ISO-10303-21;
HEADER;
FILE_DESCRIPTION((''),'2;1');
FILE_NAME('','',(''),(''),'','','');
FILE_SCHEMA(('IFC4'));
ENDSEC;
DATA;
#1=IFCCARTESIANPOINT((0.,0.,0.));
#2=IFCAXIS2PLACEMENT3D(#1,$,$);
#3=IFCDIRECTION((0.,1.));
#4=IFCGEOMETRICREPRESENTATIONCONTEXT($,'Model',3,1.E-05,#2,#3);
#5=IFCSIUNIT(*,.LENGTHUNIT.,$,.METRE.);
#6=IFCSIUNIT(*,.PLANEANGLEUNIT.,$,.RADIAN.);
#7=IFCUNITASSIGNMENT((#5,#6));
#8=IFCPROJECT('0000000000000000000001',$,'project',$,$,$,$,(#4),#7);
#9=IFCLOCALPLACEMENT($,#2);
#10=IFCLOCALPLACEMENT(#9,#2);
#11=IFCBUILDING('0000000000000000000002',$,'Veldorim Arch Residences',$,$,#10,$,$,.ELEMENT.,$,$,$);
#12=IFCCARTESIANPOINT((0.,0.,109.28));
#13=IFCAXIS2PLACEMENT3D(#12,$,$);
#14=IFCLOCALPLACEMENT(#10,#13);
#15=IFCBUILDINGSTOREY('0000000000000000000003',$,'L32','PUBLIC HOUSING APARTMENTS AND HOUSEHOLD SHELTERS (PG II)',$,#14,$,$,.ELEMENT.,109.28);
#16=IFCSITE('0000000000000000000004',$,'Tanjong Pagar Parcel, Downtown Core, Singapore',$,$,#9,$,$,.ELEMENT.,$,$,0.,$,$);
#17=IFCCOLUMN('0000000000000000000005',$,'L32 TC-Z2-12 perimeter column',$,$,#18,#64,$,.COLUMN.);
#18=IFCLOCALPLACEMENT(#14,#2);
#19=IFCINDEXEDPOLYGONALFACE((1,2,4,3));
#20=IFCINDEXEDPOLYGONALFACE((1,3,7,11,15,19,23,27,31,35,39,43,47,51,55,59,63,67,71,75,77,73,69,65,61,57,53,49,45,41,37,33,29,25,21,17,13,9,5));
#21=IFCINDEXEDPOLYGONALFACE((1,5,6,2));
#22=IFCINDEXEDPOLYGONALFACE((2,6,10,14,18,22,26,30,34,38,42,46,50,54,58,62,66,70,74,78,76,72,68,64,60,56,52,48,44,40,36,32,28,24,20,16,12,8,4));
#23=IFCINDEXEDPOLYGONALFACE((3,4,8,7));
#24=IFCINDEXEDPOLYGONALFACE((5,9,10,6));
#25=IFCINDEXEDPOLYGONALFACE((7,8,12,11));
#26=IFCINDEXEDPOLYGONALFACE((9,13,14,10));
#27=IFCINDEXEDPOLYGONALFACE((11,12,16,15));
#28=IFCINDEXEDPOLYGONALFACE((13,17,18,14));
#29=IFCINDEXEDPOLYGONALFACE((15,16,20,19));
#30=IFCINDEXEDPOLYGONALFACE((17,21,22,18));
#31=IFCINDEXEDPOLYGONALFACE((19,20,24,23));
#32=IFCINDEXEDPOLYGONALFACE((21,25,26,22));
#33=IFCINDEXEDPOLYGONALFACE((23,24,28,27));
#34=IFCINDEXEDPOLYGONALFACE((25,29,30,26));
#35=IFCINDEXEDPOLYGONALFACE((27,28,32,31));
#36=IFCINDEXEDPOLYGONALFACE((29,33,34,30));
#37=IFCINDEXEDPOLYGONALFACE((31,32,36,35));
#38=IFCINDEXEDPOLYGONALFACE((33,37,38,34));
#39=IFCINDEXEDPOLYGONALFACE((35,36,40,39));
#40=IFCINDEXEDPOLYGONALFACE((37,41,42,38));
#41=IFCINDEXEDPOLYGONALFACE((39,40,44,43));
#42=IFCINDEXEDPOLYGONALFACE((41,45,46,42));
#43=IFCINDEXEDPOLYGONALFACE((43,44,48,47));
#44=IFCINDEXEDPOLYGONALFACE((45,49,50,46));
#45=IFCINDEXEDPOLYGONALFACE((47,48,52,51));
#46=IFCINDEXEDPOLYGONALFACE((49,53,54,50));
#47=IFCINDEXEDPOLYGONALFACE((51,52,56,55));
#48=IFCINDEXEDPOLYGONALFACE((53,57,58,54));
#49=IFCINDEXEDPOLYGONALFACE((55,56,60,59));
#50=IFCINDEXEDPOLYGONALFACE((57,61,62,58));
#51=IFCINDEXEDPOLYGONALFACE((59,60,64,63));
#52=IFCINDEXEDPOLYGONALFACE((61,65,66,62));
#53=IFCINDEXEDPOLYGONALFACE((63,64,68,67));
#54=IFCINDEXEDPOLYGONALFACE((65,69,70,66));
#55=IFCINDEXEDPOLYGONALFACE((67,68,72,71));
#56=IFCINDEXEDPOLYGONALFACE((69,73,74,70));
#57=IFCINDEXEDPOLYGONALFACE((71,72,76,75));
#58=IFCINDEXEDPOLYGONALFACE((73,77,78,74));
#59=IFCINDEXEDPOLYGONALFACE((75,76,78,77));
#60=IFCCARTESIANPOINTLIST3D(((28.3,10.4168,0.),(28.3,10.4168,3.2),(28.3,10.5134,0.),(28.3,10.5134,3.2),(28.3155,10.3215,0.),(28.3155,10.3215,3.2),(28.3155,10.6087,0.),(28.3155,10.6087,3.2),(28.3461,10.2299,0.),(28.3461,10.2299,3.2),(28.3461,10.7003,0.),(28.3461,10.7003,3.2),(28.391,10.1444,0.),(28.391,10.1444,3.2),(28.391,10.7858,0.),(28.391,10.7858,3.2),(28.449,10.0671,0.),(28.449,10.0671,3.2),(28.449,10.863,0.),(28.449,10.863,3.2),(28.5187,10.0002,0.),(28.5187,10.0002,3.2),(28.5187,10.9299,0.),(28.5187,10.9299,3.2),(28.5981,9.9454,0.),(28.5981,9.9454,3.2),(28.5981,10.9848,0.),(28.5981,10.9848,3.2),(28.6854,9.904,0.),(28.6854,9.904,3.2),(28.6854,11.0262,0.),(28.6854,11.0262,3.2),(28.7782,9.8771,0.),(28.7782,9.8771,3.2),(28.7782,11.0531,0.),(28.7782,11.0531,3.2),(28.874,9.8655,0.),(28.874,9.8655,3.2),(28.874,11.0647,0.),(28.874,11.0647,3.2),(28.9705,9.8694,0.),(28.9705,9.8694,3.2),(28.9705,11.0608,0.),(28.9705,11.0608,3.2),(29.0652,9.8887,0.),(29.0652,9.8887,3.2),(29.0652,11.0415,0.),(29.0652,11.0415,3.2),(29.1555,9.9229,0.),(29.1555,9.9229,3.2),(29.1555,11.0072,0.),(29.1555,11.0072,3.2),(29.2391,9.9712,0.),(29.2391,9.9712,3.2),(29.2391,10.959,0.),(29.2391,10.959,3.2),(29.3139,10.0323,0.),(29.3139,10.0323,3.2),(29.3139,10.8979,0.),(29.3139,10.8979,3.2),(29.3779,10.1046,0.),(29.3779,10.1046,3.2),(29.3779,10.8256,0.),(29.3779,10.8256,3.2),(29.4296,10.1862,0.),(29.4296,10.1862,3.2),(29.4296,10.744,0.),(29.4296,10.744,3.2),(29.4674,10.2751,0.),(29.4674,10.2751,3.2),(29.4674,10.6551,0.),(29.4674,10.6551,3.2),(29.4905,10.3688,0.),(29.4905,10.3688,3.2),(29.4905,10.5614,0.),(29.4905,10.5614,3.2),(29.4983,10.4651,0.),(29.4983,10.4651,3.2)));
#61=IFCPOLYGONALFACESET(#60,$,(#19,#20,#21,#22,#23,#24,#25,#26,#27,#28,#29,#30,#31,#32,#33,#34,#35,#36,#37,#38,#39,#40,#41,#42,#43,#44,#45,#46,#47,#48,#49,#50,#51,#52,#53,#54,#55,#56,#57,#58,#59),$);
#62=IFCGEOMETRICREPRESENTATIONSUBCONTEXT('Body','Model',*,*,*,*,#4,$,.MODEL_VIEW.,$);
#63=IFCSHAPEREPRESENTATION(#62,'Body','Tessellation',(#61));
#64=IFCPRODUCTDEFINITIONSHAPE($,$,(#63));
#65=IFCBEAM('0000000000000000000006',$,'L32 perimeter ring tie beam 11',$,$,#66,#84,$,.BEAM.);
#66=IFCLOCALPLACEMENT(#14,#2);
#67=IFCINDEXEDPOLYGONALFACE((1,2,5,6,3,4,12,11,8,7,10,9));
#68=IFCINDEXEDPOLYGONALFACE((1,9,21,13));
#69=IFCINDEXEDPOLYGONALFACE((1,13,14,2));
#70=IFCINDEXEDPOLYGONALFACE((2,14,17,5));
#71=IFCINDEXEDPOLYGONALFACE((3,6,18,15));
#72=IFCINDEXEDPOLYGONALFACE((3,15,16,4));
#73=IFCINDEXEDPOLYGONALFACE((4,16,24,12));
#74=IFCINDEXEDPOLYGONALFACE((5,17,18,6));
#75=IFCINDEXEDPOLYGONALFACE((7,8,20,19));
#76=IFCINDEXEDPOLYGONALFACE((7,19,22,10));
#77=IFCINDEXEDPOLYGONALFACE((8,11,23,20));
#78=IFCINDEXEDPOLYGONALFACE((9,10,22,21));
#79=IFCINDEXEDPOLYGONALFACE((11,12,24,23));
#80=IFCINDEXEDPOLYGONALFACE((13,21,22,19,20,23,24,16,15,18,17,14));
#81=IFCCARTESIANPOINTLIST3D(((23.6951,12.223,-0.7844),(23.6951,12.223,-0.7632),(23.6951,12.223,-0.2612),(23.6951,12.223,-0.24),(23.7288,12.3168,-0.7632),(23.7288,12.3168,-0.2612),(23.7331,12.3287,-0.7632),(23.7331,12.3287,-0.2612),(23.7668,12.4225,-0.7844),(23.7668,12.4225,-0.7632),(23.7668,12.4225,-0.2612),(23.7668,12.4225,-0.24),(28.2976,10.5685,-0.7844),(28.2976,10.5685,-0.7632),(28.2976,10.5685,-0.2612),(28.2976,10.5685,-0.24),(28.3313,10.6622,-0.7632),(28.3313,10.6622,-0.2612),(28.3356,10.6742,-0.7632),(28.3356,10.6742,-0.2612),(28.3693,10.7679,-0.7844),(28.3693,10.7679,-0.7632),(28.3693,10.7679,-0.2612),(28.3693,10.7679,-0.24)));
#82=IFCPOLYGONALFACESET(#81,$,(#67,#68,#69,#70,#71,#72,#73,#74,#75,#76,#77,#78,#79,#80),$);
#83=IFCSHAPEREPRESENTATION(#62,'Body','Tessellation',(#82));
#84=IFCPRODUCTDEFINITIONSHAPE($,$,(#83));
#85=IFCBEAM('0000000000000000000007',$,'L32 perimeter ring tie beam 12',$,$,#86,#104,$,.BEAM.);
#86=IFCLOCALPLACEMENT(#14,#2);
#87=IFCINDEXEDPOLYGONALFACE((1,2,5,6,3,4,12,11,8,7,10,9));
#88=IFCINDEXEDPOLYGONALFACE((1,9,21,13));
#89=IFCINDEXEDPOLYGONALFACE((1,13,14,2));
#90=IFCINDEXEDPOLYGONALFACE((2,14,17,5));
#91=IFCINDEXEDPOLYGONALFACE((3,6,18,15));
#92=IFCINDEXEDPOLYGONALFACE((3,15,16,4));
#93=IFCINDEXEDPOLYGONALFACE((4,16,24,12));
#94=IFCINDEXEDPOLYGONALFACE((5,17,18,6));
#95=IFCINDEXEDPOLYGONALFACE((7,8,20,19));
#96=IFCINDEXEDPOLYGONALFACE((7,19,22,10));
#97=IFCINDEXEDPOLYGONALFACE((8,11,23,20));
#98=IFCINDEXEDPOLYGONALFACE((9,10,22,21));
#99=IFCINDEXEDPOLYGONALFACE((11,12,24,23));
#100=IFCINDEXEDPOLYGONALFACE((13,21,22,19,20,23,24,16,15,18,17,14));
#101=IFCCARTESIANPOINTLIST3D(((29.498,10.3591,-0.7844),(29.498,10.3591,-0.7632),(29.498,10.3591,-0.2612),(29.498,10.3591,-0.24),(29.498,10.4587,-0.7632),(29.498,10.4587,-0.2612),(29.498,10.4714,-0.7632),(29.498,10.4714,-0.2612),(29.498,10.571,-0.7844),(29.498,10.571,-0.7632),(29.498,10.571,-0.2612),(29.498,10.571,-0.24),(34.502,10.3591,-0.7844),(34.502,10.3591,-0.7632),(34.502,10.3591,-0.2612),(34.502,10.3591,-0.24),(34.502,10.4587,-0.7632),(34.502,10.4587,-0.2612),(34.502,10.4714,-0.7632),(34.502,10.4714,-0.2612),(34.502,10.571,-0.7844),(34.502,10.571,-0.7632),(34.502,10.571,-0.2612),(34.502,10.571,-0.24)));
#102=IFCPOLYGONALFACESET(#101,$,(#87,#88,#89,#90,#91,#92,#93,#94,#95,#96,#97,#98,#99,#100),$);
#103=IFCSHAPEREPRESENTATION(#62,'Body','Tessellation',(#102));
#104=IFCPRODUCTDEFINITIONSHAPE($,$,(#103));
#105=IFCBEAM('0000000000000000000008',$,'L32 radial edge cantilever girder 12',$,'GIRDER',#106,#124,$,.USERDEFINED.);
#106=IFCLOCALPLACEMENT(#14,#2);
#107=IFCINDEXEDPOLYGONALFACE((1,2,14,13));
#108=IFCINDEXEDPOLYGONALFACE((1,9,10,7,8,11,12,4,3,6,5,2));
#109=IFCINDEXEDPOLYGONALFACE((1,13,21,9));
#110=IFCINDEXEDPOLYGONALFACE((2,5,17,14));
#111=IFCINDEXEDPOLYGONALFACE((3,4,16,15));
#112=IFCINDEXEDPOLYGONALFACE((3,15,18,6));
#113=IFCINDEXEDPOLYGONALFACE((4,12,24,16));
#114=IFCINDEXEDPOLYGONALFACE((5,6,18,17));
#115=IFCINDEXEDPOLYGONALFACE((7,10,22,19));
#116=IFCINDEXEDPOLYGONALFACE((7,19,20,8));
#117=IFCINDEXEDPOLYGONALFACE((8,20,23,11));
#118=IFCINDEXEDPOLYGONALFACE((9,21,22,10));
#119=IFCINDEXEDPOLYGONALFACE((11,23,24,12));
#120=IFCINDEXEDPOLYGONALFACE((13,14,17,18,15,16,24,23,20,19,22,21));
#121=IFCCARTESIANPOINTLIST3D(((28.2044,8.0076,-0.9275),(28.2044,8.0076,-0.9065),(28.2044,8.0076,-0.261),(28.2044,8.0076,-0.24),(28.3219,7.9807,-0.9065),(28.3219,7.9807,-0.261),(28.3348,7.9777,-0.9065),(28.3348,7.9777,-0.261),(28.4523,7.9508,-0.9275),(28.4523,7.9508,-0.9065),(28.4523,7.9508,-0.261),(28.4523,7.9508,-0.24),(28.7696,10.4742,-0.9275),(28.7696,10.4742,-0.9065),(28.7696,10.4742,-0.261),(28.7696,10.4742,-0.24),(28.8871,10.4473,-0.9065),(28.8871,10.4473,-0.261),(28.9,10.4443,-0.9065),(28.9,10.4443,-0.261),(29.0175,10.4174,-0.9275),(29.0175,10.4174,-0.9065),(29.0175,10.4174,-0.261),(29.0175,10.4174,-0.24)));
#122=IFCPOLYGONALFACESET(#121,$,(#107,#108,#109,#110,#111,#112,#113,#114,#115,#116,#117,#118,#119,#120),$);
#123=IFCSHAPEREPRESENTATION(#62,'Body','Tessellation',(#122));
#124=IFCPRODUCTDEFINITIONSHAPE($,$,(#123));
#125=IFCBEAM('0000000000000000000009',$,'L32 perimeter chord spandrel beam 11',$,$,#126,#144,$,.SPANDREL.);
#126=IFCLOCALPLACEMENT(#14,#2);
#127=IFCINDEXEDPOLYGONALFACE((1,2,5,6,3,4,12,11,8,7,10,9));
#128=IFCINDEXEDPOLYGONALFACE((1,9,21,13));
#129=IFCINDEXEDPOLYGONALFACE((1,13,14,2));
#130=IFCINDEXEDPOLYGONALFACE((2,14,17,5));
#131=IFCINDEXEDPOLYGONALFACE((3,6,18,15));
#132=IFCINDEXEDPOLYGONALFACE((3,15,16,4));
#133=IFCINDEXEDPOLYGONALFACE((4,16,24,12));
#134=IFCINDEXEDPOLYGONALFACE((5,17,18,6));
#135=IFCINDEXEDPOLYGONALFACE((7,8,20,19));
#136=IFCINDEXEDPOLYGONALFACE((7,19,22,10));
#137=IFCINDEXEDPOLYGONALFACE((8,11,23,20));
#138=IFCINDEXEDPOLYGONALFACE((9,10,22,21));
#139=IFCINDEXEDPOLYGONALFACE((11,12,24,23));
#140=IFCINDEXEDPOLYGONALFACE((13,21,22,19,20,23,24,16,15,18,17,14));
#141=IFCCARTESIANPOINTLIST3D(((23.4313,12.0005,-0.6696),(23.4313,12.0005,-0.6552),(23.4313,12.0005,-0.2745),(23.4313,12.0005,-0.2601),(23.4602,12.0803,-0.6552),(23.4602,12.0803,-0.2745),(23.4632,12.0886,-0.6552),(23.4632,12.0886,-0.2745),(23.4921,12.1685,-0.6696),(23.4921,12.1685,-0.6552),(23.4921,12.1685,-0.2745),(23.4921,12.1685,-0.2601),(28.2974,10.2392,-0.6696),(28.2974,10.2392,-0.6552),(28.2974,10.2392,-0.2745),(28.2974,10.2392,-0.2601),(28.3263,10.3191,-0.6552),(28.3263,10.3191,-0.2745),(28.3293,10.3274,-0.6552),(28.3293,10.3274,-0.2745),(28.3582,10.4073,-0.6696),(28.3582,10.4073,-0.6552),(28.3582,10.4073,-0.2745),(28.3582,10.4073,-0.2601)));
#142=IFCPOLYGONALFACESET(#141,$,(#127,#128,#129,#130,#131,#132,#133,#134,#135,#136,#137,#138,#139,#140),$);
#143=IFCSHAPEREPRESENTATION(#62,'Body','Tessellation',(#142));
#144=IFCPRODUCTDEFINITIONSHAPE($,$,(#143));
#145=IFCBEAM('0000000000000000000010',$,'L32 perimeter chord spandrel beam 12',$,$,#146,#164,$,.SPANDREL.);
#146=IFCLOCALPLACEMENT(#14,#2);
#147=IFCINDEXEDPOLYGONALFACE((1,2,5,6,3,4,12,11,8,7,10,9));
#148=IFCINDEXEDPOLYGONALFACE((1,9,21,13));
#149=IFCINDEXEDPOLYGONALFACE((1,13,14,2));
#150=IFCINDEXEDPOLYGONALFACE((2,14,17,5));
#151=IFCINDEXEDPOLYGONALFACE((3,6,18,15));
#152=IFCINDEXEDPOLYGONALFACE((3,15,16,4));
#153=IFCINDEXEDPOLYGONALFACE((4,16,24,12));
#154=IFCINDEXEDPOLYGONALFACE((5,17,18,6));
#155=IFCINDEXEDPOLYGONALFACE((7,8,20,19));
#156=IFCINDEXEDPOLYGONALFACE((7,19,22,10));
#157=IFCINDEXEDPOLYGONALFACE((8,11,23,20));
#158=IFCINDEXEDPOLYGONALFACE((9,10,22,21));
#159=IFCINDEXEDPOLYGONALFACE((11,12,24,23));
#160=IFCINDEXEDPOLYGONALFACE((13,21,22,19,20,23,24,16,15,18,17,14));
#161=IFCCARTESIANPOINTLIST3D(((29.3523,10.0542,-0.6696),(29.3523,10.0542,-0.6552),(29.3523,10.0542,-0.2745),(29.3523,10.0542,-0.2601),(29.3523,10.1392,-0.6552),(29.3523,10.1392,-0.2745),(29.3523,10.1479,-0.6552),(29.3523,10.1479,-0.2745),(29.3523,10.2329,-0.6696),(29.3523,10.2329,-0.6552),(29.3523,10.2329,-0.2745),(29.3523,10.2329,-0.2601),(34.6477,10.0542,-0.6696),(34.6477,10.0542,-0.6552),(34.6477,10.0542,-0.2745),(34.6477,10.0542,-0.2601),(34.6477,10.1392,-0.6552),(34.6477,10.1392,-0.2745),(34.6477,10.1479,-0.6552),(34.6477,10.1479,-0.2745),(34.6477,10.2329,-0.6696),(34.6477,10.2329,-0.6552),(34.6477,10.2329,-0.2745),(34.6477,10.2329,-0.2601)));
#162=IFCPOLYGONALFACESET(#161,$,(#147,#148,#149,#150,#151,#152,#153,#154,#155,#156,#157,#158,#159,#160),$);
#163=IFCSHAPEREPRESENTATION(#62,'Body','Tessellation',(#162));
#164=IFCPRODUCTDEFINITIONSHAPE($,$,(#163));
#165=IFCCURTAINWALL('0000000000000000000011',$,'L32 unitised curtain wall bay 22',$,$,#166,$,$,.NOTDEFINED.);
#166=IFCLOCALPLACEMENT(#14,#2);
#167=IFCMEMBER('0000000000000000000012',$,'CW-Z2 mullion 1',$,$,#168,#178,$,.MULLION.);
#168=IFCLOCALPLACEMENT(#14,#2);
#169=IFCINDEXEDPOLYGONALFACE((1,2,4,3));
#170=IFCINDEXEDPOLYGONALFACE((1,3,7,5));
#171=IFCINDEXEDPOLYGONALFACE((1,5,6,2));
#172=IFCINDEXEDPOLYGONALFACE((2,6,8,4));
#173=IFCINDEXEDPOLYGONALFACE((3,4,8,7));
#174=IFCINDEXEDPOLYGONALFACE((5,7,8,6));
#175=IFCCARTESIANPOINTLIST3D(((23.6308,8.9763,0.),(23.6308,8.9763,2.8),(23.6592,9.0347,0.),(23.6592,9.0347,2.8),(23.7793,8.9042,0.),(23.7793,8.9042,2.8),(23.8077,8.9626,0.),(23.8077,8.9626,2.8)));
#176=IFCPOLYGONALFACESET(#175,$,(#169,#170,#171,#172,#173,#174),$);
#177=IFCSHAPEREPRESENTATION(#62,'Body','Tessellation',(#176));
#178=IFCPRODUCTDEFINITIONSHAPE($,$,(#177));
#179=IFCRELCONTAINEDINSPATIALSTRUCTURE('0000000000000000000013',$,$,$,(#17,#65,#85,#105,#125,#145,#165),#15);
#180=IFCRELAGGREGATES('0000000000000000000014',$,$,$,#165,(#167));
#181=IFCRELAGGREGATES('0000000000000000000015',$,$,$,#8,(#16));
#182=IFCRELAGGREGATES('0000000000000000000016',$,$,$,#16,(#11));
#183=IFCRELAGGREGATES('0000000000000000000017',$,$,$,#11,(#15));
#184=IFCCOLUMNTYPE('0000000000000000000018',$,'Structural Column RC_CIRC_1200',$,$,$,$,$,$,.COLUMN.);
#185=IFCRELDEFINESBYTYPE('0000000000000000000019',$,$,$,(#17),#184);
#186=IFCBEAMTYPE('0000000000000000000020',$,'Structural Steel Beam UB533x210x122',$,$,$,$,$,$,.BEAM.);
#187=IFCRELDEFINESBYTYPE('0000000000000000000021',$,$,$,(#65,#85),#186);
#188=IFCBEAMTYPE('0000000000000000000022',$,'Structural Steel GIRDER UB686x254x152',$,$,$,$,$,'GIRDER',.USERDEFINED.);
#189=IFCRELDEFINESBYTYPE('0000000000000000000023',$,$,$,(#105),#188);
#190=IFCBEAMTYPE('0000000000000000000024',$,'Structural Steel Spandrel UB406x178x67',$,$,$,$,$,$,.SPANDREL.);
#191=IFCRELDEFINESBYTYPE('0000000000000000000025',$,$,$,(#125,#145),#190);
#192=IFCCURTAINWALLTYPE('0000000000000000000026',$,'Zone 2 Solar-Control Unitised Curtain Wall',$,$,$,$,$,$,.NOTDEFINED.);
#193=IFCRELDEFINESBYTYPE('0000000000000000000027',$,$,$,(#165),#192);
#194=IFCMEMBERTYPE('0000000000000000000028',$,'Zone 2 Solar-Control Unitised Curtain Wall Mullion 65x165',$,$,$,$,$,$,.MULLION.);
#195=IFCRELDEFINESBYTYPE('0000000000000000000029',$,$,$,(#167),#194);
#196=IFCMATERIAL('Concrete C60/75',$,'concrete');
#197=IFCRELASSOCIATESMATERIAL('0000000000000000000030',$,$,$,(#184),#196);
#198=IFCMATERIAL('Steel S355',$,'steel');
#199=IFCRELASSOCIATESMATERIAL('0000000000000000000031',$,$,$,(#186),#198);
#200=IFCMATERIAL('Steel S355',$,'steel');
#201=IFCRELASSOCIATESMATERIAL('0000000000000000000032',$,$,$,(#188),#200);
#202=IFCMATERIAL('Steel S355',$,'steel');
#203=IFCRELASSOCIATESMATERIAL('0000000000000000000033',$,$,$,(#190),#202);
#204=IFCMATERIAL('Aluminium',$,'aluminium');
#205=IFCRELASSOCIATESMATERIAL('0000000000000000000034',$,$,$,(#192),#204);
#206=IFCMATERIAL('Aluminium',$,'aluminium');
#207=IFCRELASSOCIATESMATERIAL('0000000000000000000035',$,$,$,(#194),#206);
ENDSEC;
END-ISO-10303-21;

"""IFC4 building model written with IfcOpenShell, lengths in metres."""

from ifc_helpers import new_model, si_unit, direction, frame, origin, origin_2d, place, context, subcontext, project, spatial, rectangle, circle, i_section, extrude, material, material_profile, profile_set, type_object, element, aggregate, save


model = new_model("IFC4")

# Units and contexts
model_context = context("Model", 3, precision=1e-05, world=origin(), true_north=direction((0.0, 1.0)))
body_context = subcontext(model_context, "Body", "Model", "MODEL_VIEW")
ifc_project = project(units=[si_unit("LENGTHUNIT", "METRE"), si_unit("PLANEANGLEUNIT", "RADIAN")], contexts=[model_context])

# Site, building, storey
site_placement = place(None, origin())
site = spatial("IfcSite", under=ifc_project, at=site_placement, Name="Tanjong Pagar Parcel, Downtown Core, Singapore", CompositionType="ELEMENT", RefElevation=0.0)
building_placement = place(site_placement, origin())
building = spatial("IfcBuilding", under=site, at=building_placement, Name="Veldorim Arch Residences", CompositionType="ELEMENT")
storey_placement = place(building_placement, frame((0.0, 0.0, 109.28)))
storey = spatial("IfcBuildingStorey", under=building, at=storey_placement, Name="L32", Description="PUBLIC HOUSING APARTMENTS AND HOUSEHOLD SHELTERS (PG II)", CompositionType="ELEMENT", Elevation=109.28)

# Column
ifc_material_1 = material(Name="Concrete C60/75", Category="concrete")
ifc_material_profile_1 = material_profile(ifc_material_1, circle(Radius=0.6001, at=origin_2d()), Name="RC_CIRC_1200")
ifc_profile_set_1 = profile_set([ifc_material_profile_1], Name="Concrete C60/75")
column_type = type_object("IfcColumnType", Name="Structural Column RC_CIRC_1200", PredefinedType="COLUMN", material=ifc_profile_set_1)
column_placement = place(storey_placement, frame((28.8982, 10.4651, 0.0), z_axis=(0.0, 0.0, 1.0), x_axis=(1.0, 0.0, 0.0)))
element("IfcColumn", 1, at=column_placement, inside=storey, type_object=column_type, Name="L32 TC-Z2-12 perimeter column", PredefinedType="COLUMN", context=body_context, shape_type="SweptSolid", body=[
    extrude(circle(Radius=0.6001, at=origin_2d()), origin(), (0.0, 0.0, 1.0), 3.2),
])

# Beams
ifc_material_2 = material(Name="Steel S355", Category="steel")
ifc_material_profile_2 = material_profile(ifc_material_2, i_section(OverallWidth=0.2119, OverallDepth=0.5444, WebThickness=0.0127, FlangeThickness=0.0212, at=origin_2d()), Name="UB533x210x122")
ifc_profile_set_2 = profile_set([ifc_material_profile_2], Name="Steel S355")
beam_type_1 = type_object("IfcBeamType", Name="Structural Steel Beam UB533x210x122", PredefinedType="BEAM", material=ifc_profile_set_2)
beam_1_placement = place(storey_placement, frame((23.731, 12.3228, -0.5122), z_axis=(0.941042, -0.33829, 0.0), x_axis=(0.33829, 0.941042, 0.0)))
element("IfcBeam", 2, at=beam_1_placement, inside=storey, type_object=beam_type_1, Name="L32 perimeter ring tie beam 11", PredefinedType="BEAM", context=body_context, shape_type="SweptSolid", body=[
    extrude(i_section(OverallWidth=0.2119, OverallDepth=0.5444, WebThickness=0.0127, FlangeThickness=0.0212, at=origin_2d()), origin(), (0.0, 0.0, 1.0), 4.8909),
])
beam_2_placement = place(storey_placement, frame((29.498, 10.4651, -0.5122), z_axis=(1.0, 0.0, 0.0), x_axis=(0.0, 1.0, 0.0)))
element("IfcBeam", 3, at=beam_2_placement, inside=storey, type_object=beam_type_1, Name="L32 perimeter ring tie beam 12", PredefinedType="BEAM", context=body_context, shape_type="SweptSolid", body=[
    extrude(i_section(OverallWidth=0.2119, OverallDepth=0.5444, WebThickness=0.0127, FlangeThickness=0.0212, at=origin_2d()), origin(), (0.0, 0.0, 1.0), 5.0039),
])
ifc_material_3 = material(Name="Steel S355", Category="steel")
ifc_material_profile_3 = material_profile(ifc_material_3, i_section(OverallWidth=0.2544, OverallDepth=0.6875, WebThickness=0.0132, FlangeThickness=0.021, at=origin_2d()), Name="UB686x254x152")
ifc_profile_set_3 = profile_set([ifc_material_profile_3], Name="Steel S355")
beam_type_2 = type_object("IfcBeamType", Name="Structural Steel GIRDER UB686x254x152", ElementType="GIRDER", PredefinedType="USERDEFINED", material=ifc_profile_set_3)
beam_3_placement = place(storey_placement, frame((28.8936, 10.4458, -0.5837), z_axis=(-0.223351, -0.974738, 0.0), x_axis=(0.974738, -0.223351, 0.0)))
element("IfcBeam", 4, at=beam_3_placement, inside=storey, type_object=beam_type_2, Name="L32 radial edge cantilever girder 12", ObjectType="GIRDER", PredefinedType="USERDEFINED", context=body_context, shape_type="SweptSolid", body=[
    extrude(i_section(OverallWidth=0.2544, OverallDepth=0.6875, WebThickness=0.0132, FlangeThickness=0.021, at=origin_2d()), origin(), (0.0, 0.0, 1.0), 2.5305),
])
ifc_material_4 = material(Name="Steel S355", Category="steel")
ifc_material_profile_4 = material_profile(ifc_material_4, i_section(OverallWidth=0.1787, OverallDepth=0.4094, WebThickness=0.0088, FlangeThickness=0.0144, at=origin_2d()), Name="UB406x178x67")
ifc_profile_set_4 = profile_set([ifc_material_profile_4], Name="Steel S355")
beam_type_3 = type_object("IfcBeamType", Name="Structural Steel Spandrel UB406x178x67", PredefinedType="SPANDREL", material=ifc_profile_set_4)
beam_4_placement = place(storey_placement, frame((23.4617, 12.0845, -0.4648), z_axis=(0.940308, -0.340326, 0.0), x_axis=(0.340326, 0.940308, 0.0)))
element("IfcBeam", 5, at=beam_4_placement, inside=storey, type_object=beam_type_3, Name="L32 perimeter chord spandrel beam 11", PredefinedType="SPANDREL", context=body_context, shape_type="SweptSolid", body=[
    extrude(i_section(OverallWidth=0.1787, OverallDepth=0.4094, WebThickness=0.0088, FlangeThickness=0.0144, at=origin_2d()), origin(), (0.0, 0.0, 1.0), 5.175),
])
beam_5_placement = place(storey_placement, frame((29.3523, 10.1436, -0.4648), z_axis=(1.0, 0.0, 0.0), x_axis=(0.0, 1.0, 0.0)))
element("IfcBeam", 6, at=beam_5_placement, inside=storey, type_object=beam_type_3, Name="L32 perimeter chord spandrel beam 12", PredefinedType="SPANDREL", context=body_context, shape_type="SweptSolid", body=[
    extrude(i_section(OverallWidth=0.1787, OverallDepth=0.4094, WebThickness=0.0088, FlangeThickness=0.0144, at=origin_2d()), origin(), (0.0, 0.0, 1.0), 5.2954),
])

# Curtain wall, member
ifc_material_5 = material(Name="Aluminium", Category="aluminium")
curtain_wall_type = type_object("IfcCurtainWallType", Name="Zone 2 Solar-Control Unitised Curtain Wall", PredefinedType="NOTDEFINED", material=ifc_material_5)
curtain_wall_1_placement = place(storey_placement, origin())
curtain_wall_1 = element("IfcCurtainWall", 7, at=curtain_wall_1_placement, inside=storey, type_object=curtain_wall_type, Name="L32 unitised curtain wall bay 22", PredefinedType="NOTDEFINED")
ifc_material_6 = material(Name="Aluminium", Category="aluminium")
ifc_material_profile_5 = material_profile(ifc_material_6, rectangle(XDim=0.0649, YDim=0.165, at=origin_2d()), Name="ALU_MUL_65x165")
ifc_profile_set_5 = profile_set([ifc_material_profile_5], Name="Aluminium")
member_type_1 = type_object("IfcMemberType", Name="Zone 2 Solar-Control Unitised Curtain Wall Mullion 65x165", PredefinedType="MULLION", material=ifc_profile_set_5)
member_1_placement = place(storey_placement, frame((23.7192, 8.9695, 0.0), z_axis=(0.0, 0.0, 1.0), x_axis=(-0.437, -0.899462, 0.0)))
member_1 = element("IfcMember", 8, at=member_1_placement, type_object=member_type_1, Name="CW-Z2 mullion 1", PredefinedType="MULLION", context=body_context, shape_type="SweptSolid", body=[
    extrude(rectangle(XDim=0.0649, YDim=0.165, at=origin_2d()), origin(), (0.0, 0.0, 1.0), 2.8),
])

aggregate(curtain_wall_1, [member_1])

save(model, "model.ifc")
